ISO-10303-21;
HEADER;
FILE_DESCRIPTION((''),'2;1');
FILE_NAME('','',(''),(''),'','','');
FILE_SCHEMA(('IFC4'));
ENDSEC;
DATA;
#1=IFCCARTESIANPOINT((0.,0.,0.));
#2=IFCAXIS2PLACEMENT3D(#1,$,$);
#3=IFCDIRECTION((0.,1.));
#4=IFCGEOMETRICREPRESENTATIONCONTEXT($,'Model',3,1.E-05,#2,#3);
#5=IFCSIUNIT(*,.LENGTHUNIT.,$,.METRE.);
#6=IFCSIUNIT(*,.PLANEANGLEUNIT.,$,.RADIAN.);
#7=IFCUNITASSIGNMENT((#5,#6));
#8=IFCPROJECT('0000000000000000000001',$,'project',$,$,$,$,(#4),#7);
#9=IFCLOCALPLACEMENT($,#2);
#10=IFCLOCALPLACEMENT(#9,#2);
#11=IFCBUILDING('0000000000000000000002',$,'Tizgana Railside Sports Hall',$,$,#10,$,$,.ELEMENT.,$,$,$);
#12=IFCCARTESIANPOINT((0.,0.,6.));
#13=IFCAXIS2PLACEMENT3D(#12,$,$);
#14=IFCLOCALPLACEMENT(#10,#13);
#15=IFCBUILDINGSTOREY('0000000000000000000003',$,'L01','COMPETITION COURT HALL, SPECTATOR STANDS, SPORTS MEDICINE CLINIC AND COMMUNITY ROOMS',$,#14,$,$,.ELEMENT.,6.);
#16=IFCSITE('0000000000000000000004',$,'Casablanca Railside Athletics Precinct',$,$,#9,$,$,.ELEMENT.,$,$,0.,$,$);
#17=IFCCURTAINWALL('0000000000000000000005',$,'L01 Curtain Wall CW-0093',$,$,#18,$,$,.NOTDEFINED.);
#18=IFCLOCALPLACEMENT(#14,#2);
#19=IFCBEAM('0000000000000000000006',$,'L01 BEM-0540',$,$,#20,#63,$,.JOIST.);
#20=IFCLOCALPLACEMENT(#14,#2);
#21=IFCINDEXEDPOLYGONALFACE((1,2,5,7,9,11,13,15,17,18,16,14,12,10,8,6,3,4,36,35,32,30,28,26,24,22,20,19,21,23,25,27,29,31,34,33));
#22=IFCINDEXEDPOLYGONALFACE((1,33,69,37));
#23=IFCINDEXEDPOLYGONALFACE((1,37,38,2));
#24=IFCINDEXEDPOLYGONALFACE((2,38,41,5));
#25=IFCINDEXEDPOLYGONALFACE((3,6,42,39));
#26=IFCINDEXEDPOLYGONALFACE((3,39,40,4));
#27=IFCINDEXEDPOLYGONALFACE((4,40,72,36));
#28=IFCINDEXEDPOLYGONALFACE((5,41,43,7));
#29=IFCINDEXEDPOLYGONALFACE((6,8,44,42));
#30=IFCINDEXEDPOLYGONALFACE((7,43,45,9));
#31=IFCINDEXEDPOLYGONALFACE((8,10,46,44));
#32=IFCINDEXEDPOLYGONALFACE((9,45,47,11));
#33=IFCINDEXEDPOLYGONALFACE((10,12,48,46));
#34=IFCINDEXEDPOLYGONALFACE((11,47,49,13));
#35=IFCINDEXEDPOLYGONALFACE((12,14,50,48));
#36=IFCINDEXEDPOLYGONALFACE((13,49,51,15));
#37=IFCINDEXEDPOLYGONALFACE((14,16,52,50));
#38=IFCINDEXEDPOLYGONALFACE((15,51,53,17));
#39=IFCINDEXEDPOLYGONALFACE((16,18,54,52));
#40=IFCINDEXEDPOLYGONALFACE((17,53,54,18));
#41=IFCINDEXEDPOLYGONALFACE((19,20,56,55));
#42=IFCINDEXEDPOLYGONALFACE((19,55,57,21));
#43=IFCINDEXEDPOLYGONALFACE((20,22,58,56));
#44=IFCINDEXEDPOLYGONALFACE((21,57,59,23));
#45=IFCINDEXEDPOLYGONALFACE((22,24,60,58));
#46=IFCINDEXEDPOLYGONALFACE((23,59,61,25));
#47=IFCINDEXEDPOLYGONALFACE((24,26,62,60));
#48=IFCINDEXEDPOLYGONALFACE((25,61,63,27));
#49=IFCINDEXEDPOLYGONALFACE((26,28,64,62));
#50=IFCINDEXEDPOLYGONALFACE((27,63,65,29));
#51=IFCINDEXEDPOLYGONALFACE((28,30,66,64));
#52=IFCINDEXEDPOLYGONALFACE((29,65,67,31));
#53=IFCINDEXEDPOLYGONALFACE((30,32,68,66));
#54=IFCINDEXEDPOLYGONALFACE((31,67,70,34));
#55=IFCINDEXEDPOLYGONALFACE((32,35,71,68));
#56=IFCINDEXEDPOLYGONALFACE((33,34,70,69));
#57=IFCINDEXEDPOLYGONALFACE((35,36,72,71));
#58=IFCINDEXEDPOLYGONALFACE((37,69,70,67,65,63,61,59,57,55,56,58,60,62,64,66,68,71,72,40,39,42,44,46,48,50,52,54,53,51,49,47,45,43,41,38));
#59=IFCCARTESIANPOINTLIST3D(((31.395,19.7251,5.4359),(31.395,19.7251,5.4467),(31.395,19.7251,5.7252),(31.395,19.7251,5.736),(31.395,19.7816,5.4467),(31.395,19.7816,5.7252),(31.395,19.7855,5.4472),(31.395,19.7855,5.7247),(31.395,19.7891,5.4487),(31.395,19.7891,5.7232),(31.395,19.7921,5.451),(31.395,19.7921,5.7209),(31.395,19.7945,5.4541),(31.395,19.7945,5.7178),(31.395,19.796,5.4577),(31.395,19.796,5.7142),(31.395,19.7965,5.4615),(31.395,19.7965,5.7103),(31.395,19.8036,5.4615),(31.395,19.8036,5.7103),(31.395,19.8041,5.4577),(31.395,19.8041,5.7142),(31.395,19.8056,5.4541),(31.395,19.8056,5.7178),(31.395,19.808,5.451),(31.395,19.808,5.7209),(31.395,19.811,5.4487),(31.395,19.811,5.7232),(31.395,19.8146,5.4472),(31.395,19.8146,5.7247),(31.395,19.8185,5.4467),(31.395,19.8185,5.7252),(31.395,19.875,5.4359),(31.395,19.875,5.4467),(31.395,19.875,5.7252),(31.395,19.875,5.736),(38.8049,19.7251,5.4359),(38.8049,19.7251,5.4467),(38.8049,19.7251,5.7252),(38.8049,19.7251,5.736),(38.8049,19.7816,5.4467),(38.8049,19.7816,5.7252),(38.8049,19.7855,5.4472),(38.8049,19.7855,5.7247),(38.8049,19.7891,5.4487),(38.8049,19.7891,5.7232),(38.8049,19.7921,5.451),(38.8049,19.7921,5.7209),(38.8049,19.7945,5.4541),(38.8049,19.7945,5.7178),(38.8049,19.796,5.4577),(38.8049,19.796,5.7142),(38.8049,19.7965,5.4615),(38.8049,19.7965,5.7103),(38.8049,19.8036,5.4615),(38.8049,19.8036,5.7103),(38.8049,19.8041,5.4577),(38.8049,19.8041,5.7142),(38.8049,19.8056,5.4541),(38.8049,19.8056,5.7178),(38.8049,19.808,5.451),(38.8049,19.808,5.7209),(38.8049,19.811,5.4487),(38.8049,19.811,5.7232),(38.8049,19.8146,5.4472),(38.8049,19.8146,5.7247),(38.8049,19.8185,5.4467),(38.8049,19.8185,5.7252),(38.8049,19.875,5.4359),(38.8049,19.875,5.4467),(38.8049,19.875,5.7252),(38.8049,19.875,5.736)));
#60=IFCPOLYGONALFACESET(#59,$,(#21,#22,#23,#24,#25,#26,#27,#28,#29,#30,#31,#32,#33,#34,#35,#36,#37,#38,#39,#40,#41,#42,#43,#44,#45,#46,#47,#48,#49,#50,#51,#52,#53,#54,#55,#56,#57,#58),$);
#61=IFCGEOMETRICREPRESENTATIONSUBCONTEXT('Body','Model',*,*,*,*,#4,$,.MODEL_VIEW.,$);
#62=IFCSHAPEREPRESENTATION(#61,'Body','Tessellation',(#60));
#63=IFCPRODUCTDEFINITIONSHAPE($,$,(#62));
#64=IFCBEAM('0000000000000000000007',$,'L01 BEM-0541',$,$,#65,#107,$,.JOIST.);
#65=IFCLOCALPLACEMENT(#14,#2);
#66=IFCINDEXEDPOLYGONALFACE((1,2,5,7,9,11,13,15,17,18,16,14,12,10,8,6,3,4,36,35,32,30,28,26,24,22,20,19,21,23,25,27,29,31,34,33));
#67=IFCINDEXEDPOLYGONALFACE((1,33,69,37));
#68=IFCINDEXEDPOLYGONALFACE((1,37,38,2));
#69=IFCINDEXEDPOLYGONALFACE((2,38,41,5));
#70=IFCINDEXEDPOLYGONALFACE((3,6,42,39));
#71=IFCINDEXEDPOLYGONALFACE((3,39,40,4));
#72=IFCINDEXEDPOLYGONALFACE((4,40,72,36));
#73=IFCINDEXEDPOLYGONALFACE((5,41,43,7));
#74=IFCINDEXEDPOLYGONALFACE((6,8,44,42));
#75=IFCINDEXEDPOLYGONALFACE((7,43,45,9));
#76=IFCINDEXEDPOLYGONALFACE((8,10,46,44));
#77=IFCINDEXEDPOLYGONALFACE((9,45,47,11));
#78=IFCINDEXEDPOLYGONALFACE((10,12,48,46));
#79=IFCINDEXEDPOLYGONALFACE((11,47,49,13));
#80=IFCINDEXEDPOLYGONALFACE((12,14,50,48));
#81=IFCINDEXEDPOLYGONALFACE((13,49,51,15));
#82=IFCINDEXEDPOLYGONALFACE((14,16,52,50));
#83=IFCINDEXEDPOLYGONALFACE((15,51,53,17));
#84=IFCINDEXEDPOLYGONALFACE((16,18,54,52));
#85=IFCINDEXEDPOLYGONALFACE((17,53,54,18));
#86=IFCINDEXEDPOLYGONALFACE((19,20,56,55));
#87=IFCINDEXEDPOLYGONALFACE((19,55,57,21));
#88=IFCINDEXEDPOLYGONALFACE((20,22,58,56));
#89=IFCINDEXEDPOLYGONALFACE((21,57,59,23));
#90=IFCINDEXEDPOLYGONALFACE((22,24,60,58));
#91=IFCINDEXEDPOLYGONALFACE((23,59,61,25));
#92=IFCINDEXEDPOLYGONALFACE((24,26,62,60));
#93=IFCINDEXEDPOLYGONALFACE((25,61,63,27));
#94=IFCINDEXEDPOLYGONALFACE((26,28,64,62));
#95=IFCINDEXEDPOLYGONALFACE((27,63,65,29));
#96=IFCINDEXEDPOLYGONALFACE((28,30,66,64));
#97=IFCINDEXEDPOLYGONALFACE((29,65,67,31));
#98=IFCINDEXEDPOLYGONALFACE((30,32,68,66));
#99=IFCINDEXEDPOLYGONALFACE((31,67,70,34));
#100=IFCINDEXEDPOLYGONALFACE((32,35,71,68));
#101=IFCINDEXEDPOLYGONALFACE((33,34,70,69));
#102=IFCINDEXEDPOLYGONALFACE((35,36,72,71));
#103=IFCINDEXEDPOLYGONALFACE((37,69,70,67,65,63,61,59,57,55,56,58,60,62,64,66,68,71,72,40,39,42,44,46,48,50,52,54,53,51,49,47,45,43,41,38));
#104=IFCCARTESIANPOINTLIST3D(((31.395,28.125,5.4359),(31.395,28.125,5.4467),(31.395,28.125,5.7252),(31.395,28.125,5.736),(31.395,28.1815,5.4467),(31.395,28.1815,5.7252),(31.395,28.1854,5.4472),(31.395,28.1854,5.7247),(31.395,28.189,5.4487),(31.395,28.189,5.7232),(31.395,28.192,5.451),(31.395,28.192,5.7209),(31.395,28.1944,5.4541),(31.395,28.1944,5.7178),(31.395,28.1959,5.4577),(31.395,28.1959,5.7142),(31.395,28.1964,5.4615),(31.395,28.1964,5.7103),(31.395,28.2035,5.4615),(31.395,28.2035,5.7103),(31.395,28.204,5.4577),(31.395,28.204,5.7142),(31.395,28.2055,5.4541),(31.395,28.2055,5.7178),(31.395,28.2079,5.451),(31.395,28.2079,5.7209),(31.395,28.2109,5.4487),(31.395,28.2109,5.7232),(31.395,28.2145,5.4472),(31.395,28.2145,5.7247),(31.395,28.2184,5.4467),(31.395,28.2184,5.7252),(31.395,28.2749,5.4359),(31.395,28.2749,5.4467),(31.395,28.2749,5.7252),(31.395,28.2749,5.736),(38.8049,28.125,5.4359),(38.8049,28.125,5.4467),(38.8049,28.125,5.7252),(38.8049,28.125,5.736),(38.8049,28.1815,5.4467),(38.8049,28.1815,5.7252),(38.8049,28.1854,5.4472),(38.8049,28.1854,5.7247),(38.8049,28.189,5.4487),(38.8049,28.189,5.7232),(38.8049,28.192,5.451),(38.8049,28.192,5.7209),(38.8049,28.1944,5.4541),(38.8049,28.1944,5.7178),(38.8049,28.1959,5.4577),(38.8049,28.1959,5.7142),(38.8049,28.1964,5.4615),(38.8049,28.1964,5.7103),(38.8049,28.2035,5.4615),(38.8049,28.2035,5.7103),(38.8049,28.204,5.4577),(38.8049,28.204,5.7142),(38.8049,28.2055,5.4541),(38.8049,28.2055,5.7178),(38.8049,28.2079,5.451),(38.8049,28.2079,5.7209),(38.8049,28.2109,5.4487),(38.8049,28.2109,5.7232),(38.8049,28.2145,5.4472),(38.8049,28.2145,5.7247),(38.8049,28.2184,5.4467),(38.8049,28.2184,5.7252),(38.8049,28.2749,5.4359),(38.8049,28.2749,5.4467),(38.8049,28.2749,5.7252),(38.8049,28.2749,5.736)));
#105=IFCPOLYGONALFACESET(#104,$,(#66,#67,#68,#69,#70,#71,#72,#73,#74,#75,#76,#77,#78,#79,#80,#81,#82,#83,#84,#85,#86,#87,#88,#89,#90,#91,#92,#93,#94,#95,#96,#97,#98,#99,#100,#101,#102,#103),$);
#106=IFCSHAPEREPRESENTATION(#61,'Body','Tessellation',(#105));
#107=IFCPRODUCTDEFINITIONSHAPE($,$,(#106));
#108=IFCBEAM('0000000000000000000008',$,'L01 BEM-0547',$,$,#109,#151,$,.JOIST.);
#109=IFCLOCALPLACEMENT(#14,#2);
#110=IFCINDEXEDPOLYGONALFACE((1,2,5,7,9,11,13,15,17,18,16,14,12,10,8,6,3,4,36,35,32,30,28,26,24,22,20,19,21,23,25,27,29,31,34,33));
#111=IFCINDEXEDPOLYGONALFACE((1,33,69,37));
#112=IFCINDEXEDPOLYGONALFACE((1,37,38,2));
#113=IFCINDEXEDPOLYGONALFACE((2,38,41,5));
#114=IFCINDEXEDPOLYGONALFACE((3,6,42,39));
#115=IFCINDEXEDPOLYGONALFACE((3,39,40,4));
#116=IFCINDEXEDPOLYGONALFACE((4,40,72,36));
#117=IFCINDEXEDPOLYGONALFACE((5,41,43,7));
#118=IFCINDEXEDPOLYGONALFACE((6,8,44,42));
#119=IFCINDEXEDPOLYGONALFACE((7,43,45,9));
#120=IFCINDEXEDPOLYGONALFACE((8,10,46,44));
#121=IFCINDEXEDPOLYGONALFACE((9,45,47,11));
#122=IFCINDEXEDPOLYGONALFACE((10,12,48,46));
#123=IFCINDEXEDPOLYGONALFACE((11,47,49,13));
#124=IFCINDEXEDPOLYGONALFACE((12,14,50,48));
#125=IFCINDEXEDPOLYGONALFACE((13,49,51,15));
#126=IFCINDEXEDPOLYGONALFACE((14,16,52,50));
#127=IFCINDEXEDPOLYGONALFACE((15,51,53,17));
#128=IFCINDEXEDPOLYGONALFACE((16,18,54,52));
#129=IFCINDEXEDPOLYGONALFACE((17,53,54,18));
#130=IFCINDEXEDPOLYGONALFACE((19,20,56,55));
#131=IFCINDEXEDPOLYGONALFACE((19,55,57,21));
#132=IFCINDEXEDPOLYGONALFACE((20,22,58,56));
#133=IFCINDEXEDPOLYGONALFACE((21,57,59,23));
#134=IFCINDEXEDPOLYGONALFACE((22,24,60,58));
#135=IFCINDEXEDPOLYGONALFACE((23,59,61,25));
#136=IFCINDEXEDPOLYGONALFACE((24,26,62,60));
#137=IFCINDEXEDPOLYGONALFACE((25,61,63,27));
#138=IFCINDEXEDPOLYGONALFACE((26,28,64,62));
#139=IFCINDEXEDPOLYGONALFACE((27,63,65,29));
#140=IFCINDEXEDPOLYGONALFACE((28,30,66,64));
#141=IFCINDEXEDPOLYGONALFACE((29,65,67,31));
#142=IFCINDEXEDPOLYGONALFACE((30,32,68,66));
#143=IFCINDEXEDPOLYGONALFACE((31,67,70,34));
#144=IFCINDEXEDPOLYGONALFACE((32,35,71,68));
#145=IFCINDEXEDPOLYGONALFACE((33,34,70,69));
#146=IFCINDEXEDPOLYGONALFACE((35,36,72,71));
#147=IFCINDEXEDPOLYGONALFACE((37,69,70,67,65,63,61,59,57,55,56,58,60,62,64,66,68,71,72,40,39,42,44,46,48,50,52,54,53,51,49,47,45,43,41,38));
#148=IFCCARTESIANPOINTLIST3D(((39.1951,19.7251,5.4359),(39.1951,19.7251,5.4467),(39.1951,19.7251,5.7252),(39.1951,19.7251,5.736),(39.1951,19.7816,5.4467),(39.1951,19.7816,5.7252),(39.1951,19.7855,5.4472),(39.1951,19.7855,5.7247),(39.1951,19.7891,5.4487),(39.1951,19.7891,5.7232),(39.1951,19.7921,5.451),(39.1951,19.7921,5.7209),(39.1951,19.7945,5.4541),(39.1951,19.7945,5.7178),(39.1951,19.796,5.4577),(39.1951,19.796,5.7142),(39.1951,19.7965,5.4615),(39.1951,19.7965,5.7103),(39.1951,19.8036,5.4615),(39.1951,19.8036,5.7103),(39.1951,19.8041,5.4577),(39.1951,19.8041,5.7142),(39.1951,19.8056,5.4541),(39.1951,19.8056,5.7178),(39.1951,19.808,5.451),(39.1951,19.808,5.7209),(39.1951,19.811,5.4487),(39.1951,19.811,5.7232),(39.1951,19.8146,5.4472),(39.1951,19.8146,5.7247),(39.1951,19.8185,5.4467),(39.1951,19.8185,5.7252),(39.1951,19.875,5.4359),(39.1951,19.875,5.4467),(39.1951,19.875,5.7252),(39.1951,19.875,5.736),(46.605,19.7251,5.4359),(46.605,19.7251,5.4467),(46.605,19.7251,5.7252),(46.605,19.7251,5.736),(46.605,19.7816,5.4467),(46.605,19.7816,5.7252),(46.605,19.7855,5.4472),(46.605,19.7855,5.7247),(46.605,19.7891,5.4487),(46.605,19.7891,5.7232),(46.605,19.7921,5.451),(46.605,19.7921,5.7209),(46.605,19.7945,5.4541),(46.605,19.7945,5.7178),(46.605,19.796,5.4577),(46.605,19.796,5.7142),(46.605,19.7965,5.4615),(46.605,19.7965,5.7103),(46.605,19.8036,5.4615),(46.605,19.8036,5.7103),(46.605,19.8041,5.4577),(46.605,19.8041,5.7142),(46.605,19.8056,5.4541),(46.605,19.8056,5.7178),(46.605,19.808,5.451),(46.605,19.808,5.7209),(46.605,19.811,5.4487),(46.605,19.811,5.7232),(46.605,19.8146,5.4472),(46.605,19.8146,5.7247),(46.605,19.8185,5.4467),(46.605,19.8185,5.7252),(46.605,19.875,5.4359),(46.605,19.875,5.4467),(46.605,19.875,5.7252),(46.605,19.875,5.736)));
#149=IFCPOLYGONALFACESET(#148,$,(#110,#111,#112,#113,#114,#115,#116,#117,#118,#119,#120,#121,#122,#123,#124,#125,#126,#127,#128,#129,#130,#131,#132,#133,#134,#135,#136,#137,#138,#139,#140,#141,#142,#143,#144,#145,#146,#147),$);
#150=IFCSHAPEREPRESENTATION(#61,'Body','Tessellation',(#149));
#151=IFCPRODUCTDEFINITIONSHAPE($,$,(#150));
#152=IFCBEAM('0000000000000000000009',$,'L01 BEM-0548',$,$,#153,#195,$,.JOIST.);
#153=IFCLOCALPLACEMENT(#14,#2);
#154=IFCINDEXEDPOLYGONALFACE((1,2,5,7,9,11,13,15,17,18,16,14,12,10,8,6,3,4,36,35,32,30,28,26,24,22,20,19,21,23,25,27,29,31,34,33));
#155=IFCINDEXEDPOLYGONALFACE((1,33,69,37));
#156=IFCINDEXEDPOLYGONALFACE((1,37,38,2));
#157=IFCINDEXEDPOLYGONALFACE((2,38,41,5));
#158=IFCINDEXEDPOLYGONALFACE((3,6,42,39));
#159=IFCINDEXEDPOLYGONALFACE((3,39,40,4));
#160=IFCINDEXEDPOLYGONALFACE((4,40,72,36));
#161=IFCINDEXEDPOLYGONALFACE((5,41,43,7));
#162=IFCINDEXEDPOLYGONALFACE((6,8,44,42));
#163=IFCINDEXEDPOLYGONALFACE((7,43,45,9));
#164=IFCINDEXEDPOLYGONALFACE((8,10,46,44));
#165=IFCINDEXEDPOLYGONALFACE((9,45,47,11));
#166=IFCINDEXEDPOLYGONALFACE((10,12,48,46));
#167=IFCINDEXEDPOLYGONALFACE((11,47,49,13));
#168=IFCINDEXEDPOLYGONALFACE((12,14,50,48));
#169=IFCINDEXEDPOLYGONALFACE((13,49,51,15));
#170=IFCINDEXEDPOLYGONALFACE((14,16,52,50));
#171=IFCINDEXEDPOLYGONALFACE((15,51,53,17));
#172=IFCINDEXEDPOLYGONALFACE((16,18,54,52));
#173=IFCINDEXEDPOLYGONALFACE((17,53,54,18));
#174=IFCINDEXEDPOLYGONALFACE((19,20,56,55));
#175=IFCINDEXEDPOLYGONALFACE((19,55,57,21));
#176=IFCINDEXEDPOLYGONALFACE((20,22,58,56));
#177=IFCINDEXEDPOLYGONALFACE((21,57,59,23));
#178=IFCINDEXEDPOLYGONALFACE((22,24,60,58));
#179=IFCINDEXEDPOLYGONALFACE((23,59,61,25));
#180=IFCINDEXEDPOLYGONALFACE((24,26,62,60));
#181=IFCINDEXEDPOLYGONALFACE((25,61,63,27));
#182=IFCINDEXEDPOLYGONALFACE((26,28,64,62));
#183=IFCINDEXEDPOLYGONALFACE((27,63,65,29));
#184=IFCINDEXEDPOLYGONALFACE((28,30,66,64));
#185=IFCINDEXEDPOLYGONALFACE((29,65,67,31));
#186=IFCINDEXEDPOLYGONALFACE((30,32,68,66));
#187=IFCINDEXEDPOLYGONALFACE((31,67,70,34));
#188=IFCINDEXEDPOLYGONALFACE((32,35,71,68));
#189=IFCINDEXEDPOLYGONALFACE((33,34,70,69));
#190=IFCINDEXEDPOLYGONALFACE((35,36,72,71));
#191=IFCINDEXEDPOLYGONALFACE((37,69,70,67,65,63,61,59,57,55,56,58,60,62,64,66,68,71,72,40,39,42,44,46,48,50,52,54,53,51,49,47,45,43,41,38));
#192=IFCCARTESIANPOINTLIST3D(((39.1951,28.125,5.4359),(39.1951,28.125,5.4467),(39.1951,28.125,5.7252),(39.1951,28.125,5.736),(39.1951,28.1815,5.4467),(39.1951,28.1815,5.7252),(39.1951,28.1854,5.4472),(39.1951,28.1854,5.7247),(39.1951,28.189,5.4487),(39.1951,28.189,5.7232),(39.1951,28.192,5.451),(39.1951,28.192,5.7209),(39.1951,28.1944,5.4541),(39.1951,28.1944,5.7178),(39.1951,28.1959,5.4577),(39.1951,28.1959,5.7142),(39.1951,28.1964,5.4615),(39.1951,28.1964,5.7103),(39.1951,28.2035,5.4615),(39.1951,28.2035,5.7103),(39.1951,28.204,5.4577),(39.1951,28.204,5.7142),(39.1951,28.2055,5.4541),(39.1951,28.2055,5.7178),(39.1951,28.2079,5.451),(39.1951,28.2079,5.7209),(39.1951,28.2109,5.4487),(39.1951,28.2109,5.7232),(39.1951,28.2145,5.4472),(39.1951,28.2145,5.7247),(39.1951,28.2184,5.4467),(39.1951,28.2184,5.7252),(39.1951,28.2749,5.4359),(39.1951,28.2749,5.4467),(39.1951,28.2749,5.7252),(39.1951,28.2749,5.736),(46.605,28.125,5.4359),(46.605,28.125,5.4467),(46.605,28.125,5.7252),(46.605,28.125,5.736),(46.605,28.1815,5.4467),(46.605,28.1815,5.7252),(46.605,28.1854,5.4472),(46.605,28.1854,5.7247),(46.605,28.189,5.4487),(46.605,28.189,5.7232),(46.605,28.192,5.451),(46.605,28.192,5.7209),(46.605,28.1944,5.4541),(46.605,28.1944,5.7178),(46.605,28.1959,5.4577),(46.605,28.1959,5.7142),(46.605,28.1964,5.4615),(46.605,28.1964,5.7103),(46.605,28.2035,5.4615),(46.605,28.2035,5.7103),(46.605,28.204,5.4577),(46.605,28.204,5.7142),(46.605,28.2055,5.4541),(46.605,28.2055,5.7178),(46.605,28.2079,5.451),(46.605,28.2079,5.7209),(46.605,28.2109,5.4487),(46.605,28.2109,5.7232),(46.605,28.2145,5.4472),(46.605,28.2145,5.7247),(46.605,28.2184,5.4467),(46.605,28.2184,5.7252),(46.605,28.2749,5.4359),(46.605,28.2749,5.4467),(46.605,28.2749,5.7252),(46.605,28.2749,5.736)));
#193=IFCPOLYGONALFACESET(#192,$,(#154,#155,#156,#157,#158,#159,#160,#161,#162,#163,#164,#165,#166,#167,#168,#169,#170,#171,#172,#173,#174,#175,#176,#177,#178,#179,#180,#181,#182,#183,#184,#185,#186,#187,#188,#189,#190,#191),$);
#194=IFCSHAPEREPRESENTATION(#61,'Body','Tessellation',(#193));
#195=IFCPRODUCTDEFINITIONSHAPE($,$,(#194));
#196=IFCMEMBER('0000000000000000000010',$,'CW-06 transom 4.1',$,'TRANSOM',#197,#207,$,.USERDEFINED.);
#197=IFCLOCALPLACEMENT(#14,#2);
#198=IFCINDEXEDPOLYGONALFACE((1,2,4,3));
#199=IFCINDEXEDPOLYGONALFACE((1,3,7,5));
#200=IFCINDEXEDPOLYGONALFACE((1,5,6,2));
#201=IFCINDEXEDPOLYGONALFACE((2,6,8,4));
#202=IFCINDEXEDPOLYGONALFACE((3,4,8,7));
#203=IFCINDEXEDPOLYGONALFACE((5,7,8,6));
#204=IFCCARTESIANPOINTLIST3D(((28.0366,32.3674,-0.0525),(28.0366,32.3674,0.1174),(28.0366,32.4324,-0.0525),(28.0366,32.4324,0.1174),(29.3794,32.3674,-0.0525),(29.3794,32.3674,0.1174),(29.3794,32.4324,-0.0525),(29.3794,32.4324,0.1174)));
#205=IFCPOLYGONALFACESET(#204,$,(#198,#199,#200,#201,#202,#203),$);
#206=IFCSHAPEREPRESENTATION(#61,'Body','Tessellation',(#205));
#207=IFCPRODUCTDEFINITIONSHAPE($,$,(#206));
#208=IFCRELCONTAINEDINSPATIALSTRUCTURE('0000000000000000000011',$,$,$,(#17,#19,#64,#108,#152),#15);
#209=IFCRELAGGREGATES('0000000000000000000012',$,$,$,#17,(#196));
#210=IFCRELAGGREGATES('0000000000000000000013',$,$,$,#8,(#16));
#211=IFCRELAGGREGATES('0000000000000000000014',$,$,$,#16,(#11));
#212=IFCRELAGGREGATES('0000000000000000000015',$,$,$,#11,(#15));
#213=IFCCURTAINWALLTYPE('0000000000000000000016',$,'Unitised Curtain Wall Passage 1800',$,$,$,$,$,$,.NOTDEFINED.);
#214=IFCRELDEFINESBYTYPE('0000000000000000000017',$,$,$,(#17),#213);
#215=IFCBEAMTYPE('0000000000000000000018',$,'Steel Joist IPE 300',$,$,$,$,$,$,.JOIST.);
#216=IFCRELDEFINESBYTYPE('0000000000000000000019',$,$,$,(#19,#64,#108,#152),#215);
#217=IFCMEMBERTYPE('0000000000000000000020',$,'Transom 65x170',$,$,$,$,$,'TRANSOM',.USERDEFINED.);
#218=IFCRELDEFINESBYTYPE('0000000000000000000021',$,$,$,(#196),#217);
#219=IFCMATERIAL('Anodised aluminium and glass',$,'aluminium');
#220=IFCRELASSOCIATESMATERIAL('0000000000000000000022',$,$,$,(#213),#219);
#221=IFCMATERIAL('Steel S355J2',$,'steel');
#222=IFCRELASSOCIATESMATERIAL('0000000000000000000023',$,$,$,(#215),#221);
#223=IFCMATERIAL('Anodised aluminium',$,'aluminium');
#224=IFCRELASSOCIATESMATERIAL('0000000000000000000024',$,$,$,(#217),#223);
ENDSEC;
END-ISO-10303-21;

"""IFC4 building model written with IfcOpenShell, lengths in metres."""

from ifc_helpers import new_model, si_unit, direction, frame, origin, origin_2d, place, context, subcontext, project, spatial, rectangle, i_section, extrude, material, material_profile, profile_set, type_object, element, aggregate, save


model = new_model("IFC4")

# Units and contexts
model_context = context("Model", 3, precision=1e-05, world=origin(), true_north=direction((0.0, 1.0)))
body_context = subcontext(model_context, "Body", "Model", "MODEL_VIEW")
ifc_project = project(units=[si_unit("LENGTHUNIT", "METRE"), si_unit("PLANEANGLEUNIT", "RADIAN")], contexts=[model_context])

# Site, building, storey
site_placement = place(None, origin())
site = spatial("IfcSite", under=ifc_project, at=site_placement, Name="Casablanca Railside Athletics Precinct", CompositionType="ELEMENT", RefElevation=0.0)
building_placement = place(site_placement, origin())
building = spatial("IfcBuilding", under=site, at=building_placement, Name="Tizgana Railside Sports Hall", CompositionType="ELEMENT")
storey_placement = place(building_placement, frame((0.0, 0.0, 6.0)))
storey = spatial("IfcBuildingStorey", under=building, at=storey_placement, Name="L01", Description="COMPETITION COURT HALL, SPECTATOR STANDS, SPORTS MEDICINE CLINIC AND COMMUNITY ROOMS", CompositionType="ELEMENT", Elevation=6.0)

# Curtain wall
ifc_material_1 = material(Name="Anodised aluminium and glass", Category="aluminium")
curtain_wall_type = type_object("IfcCurtainWallType", Name="Unitised Curtain Wall Passage 1800", PredefinedType="NOTDEFINED", material=ifc_material_1)
curtain_wall_placement = place(storey_placement, origin())
curtain_wall = element("IfcCurtainWall", 1, at=curtain_wall_placement, inside=storey, type_object=curtain_wall_type, Name="L01 Curtain Wall CW-0093", PredefinedType="NOTDEFINED")
ifc_material_2 = material(Name="Anodised aluminium", Category="aluminium")

# Beams
ifc_material_3 = material(Name="Steel S355J2", Category="steel")
ifc_material_profile_1 = material_profile(ifc_material_3, i_section(OverallWidth=0.1499, OverallDepth=0.3, WebThickness=0.0071, FlangeThickness=0.0107, FilletRadius=0.0149, at=origin_2d()), Name="IPE 300")
ifc_profile_set_1 = profile_set([ifc_material_profile_1], Name="Steel S355J2")
beam_type_1 = type_object("IfcBeamType", Name="Steel Joist IPE 300", PredefinedType="JOIST", material=ifc_profile_set_1)
for number, where, z_axis, x_axis, name in (
    (2, (31.395, 19.8, 5.5859), (1.0, 0.0, 0.0), (0.0, 1.0, 0.0), "L01 BEM-0540"),
    (3, (31.395, 28.2, 5.5859), (1.0, 0.0, 0.0), (0.0, 1.0, 0.0), "L01 BEM-0541"),
    (4, (39.1951, 19.8, 5.5859), (1.0, 0.0, 0.0), (0.0, 1.0, 0.0), "L01 BEM-0547"),
    (5, (39.1951, 28.2, 5.5859), (1.0, 0.0, 0.0), (0.0, 1.0, 0.0), "L01 BEM-0548"),
):
    element("IfcBeam", number, at=place(storey_placement, frame(where, z_axis=z_axis, x_axis=x_axis)), inside=storey, type_object=beam_type_1, Name=name, PredefinedType="JOIST", context=body_context, shape_type="SweptSolid", body=[
        extrude(i_section(OverallWidth=0.1499, OverallDepth=0.3, WebThickness=0.0071, FlangeThickness=0.0107, FilletRadius=0.0149, at=origin_2d()), origin(), (0.0, 0.0, 1.0), 7.4099),
    ])

# Member
ifc_material_profile_2 = material_profile(ifc_material_2, rectangle(XDim=0.0649, YDim=0.1699, at=origin_2d()), Name="Transom 65x170")
ifc_profile_set_2 = profile_set([ifc_material_profile_2], Name="Anodised aluminium")
member_type_1 = type_object("IfcMemberType", Name="Transom 65x170", ElementType="TRANSOM", PredefinedType="USERDEFINED", material=ifc_profile_set_2)
member_1_placement = place(storey_placement, frame((28.0366, 32.3999, 0.0325), z_axis=(1.0, 0.0, 0.0), x_axis=(0.0, 1.0, 0.0)))
member_1 = element("IfcMember", 6, at=member_1_placement, type_object=member_type_1, Name="CW-06 transom 4.1", ObjectType="TRANSOM", PredefinedType="USERDEFINED", context=body_context, shape_type="SweptSolid", body=[
    extrude(rectangle(XDim=0.0649, YDim=0.1699, at=origin_2d()), origin(), (0.0, 0.0, 1.0), 1.3428),
])

aggregate(curtain_wall, [member_1])

save(model, "model.ifc")
